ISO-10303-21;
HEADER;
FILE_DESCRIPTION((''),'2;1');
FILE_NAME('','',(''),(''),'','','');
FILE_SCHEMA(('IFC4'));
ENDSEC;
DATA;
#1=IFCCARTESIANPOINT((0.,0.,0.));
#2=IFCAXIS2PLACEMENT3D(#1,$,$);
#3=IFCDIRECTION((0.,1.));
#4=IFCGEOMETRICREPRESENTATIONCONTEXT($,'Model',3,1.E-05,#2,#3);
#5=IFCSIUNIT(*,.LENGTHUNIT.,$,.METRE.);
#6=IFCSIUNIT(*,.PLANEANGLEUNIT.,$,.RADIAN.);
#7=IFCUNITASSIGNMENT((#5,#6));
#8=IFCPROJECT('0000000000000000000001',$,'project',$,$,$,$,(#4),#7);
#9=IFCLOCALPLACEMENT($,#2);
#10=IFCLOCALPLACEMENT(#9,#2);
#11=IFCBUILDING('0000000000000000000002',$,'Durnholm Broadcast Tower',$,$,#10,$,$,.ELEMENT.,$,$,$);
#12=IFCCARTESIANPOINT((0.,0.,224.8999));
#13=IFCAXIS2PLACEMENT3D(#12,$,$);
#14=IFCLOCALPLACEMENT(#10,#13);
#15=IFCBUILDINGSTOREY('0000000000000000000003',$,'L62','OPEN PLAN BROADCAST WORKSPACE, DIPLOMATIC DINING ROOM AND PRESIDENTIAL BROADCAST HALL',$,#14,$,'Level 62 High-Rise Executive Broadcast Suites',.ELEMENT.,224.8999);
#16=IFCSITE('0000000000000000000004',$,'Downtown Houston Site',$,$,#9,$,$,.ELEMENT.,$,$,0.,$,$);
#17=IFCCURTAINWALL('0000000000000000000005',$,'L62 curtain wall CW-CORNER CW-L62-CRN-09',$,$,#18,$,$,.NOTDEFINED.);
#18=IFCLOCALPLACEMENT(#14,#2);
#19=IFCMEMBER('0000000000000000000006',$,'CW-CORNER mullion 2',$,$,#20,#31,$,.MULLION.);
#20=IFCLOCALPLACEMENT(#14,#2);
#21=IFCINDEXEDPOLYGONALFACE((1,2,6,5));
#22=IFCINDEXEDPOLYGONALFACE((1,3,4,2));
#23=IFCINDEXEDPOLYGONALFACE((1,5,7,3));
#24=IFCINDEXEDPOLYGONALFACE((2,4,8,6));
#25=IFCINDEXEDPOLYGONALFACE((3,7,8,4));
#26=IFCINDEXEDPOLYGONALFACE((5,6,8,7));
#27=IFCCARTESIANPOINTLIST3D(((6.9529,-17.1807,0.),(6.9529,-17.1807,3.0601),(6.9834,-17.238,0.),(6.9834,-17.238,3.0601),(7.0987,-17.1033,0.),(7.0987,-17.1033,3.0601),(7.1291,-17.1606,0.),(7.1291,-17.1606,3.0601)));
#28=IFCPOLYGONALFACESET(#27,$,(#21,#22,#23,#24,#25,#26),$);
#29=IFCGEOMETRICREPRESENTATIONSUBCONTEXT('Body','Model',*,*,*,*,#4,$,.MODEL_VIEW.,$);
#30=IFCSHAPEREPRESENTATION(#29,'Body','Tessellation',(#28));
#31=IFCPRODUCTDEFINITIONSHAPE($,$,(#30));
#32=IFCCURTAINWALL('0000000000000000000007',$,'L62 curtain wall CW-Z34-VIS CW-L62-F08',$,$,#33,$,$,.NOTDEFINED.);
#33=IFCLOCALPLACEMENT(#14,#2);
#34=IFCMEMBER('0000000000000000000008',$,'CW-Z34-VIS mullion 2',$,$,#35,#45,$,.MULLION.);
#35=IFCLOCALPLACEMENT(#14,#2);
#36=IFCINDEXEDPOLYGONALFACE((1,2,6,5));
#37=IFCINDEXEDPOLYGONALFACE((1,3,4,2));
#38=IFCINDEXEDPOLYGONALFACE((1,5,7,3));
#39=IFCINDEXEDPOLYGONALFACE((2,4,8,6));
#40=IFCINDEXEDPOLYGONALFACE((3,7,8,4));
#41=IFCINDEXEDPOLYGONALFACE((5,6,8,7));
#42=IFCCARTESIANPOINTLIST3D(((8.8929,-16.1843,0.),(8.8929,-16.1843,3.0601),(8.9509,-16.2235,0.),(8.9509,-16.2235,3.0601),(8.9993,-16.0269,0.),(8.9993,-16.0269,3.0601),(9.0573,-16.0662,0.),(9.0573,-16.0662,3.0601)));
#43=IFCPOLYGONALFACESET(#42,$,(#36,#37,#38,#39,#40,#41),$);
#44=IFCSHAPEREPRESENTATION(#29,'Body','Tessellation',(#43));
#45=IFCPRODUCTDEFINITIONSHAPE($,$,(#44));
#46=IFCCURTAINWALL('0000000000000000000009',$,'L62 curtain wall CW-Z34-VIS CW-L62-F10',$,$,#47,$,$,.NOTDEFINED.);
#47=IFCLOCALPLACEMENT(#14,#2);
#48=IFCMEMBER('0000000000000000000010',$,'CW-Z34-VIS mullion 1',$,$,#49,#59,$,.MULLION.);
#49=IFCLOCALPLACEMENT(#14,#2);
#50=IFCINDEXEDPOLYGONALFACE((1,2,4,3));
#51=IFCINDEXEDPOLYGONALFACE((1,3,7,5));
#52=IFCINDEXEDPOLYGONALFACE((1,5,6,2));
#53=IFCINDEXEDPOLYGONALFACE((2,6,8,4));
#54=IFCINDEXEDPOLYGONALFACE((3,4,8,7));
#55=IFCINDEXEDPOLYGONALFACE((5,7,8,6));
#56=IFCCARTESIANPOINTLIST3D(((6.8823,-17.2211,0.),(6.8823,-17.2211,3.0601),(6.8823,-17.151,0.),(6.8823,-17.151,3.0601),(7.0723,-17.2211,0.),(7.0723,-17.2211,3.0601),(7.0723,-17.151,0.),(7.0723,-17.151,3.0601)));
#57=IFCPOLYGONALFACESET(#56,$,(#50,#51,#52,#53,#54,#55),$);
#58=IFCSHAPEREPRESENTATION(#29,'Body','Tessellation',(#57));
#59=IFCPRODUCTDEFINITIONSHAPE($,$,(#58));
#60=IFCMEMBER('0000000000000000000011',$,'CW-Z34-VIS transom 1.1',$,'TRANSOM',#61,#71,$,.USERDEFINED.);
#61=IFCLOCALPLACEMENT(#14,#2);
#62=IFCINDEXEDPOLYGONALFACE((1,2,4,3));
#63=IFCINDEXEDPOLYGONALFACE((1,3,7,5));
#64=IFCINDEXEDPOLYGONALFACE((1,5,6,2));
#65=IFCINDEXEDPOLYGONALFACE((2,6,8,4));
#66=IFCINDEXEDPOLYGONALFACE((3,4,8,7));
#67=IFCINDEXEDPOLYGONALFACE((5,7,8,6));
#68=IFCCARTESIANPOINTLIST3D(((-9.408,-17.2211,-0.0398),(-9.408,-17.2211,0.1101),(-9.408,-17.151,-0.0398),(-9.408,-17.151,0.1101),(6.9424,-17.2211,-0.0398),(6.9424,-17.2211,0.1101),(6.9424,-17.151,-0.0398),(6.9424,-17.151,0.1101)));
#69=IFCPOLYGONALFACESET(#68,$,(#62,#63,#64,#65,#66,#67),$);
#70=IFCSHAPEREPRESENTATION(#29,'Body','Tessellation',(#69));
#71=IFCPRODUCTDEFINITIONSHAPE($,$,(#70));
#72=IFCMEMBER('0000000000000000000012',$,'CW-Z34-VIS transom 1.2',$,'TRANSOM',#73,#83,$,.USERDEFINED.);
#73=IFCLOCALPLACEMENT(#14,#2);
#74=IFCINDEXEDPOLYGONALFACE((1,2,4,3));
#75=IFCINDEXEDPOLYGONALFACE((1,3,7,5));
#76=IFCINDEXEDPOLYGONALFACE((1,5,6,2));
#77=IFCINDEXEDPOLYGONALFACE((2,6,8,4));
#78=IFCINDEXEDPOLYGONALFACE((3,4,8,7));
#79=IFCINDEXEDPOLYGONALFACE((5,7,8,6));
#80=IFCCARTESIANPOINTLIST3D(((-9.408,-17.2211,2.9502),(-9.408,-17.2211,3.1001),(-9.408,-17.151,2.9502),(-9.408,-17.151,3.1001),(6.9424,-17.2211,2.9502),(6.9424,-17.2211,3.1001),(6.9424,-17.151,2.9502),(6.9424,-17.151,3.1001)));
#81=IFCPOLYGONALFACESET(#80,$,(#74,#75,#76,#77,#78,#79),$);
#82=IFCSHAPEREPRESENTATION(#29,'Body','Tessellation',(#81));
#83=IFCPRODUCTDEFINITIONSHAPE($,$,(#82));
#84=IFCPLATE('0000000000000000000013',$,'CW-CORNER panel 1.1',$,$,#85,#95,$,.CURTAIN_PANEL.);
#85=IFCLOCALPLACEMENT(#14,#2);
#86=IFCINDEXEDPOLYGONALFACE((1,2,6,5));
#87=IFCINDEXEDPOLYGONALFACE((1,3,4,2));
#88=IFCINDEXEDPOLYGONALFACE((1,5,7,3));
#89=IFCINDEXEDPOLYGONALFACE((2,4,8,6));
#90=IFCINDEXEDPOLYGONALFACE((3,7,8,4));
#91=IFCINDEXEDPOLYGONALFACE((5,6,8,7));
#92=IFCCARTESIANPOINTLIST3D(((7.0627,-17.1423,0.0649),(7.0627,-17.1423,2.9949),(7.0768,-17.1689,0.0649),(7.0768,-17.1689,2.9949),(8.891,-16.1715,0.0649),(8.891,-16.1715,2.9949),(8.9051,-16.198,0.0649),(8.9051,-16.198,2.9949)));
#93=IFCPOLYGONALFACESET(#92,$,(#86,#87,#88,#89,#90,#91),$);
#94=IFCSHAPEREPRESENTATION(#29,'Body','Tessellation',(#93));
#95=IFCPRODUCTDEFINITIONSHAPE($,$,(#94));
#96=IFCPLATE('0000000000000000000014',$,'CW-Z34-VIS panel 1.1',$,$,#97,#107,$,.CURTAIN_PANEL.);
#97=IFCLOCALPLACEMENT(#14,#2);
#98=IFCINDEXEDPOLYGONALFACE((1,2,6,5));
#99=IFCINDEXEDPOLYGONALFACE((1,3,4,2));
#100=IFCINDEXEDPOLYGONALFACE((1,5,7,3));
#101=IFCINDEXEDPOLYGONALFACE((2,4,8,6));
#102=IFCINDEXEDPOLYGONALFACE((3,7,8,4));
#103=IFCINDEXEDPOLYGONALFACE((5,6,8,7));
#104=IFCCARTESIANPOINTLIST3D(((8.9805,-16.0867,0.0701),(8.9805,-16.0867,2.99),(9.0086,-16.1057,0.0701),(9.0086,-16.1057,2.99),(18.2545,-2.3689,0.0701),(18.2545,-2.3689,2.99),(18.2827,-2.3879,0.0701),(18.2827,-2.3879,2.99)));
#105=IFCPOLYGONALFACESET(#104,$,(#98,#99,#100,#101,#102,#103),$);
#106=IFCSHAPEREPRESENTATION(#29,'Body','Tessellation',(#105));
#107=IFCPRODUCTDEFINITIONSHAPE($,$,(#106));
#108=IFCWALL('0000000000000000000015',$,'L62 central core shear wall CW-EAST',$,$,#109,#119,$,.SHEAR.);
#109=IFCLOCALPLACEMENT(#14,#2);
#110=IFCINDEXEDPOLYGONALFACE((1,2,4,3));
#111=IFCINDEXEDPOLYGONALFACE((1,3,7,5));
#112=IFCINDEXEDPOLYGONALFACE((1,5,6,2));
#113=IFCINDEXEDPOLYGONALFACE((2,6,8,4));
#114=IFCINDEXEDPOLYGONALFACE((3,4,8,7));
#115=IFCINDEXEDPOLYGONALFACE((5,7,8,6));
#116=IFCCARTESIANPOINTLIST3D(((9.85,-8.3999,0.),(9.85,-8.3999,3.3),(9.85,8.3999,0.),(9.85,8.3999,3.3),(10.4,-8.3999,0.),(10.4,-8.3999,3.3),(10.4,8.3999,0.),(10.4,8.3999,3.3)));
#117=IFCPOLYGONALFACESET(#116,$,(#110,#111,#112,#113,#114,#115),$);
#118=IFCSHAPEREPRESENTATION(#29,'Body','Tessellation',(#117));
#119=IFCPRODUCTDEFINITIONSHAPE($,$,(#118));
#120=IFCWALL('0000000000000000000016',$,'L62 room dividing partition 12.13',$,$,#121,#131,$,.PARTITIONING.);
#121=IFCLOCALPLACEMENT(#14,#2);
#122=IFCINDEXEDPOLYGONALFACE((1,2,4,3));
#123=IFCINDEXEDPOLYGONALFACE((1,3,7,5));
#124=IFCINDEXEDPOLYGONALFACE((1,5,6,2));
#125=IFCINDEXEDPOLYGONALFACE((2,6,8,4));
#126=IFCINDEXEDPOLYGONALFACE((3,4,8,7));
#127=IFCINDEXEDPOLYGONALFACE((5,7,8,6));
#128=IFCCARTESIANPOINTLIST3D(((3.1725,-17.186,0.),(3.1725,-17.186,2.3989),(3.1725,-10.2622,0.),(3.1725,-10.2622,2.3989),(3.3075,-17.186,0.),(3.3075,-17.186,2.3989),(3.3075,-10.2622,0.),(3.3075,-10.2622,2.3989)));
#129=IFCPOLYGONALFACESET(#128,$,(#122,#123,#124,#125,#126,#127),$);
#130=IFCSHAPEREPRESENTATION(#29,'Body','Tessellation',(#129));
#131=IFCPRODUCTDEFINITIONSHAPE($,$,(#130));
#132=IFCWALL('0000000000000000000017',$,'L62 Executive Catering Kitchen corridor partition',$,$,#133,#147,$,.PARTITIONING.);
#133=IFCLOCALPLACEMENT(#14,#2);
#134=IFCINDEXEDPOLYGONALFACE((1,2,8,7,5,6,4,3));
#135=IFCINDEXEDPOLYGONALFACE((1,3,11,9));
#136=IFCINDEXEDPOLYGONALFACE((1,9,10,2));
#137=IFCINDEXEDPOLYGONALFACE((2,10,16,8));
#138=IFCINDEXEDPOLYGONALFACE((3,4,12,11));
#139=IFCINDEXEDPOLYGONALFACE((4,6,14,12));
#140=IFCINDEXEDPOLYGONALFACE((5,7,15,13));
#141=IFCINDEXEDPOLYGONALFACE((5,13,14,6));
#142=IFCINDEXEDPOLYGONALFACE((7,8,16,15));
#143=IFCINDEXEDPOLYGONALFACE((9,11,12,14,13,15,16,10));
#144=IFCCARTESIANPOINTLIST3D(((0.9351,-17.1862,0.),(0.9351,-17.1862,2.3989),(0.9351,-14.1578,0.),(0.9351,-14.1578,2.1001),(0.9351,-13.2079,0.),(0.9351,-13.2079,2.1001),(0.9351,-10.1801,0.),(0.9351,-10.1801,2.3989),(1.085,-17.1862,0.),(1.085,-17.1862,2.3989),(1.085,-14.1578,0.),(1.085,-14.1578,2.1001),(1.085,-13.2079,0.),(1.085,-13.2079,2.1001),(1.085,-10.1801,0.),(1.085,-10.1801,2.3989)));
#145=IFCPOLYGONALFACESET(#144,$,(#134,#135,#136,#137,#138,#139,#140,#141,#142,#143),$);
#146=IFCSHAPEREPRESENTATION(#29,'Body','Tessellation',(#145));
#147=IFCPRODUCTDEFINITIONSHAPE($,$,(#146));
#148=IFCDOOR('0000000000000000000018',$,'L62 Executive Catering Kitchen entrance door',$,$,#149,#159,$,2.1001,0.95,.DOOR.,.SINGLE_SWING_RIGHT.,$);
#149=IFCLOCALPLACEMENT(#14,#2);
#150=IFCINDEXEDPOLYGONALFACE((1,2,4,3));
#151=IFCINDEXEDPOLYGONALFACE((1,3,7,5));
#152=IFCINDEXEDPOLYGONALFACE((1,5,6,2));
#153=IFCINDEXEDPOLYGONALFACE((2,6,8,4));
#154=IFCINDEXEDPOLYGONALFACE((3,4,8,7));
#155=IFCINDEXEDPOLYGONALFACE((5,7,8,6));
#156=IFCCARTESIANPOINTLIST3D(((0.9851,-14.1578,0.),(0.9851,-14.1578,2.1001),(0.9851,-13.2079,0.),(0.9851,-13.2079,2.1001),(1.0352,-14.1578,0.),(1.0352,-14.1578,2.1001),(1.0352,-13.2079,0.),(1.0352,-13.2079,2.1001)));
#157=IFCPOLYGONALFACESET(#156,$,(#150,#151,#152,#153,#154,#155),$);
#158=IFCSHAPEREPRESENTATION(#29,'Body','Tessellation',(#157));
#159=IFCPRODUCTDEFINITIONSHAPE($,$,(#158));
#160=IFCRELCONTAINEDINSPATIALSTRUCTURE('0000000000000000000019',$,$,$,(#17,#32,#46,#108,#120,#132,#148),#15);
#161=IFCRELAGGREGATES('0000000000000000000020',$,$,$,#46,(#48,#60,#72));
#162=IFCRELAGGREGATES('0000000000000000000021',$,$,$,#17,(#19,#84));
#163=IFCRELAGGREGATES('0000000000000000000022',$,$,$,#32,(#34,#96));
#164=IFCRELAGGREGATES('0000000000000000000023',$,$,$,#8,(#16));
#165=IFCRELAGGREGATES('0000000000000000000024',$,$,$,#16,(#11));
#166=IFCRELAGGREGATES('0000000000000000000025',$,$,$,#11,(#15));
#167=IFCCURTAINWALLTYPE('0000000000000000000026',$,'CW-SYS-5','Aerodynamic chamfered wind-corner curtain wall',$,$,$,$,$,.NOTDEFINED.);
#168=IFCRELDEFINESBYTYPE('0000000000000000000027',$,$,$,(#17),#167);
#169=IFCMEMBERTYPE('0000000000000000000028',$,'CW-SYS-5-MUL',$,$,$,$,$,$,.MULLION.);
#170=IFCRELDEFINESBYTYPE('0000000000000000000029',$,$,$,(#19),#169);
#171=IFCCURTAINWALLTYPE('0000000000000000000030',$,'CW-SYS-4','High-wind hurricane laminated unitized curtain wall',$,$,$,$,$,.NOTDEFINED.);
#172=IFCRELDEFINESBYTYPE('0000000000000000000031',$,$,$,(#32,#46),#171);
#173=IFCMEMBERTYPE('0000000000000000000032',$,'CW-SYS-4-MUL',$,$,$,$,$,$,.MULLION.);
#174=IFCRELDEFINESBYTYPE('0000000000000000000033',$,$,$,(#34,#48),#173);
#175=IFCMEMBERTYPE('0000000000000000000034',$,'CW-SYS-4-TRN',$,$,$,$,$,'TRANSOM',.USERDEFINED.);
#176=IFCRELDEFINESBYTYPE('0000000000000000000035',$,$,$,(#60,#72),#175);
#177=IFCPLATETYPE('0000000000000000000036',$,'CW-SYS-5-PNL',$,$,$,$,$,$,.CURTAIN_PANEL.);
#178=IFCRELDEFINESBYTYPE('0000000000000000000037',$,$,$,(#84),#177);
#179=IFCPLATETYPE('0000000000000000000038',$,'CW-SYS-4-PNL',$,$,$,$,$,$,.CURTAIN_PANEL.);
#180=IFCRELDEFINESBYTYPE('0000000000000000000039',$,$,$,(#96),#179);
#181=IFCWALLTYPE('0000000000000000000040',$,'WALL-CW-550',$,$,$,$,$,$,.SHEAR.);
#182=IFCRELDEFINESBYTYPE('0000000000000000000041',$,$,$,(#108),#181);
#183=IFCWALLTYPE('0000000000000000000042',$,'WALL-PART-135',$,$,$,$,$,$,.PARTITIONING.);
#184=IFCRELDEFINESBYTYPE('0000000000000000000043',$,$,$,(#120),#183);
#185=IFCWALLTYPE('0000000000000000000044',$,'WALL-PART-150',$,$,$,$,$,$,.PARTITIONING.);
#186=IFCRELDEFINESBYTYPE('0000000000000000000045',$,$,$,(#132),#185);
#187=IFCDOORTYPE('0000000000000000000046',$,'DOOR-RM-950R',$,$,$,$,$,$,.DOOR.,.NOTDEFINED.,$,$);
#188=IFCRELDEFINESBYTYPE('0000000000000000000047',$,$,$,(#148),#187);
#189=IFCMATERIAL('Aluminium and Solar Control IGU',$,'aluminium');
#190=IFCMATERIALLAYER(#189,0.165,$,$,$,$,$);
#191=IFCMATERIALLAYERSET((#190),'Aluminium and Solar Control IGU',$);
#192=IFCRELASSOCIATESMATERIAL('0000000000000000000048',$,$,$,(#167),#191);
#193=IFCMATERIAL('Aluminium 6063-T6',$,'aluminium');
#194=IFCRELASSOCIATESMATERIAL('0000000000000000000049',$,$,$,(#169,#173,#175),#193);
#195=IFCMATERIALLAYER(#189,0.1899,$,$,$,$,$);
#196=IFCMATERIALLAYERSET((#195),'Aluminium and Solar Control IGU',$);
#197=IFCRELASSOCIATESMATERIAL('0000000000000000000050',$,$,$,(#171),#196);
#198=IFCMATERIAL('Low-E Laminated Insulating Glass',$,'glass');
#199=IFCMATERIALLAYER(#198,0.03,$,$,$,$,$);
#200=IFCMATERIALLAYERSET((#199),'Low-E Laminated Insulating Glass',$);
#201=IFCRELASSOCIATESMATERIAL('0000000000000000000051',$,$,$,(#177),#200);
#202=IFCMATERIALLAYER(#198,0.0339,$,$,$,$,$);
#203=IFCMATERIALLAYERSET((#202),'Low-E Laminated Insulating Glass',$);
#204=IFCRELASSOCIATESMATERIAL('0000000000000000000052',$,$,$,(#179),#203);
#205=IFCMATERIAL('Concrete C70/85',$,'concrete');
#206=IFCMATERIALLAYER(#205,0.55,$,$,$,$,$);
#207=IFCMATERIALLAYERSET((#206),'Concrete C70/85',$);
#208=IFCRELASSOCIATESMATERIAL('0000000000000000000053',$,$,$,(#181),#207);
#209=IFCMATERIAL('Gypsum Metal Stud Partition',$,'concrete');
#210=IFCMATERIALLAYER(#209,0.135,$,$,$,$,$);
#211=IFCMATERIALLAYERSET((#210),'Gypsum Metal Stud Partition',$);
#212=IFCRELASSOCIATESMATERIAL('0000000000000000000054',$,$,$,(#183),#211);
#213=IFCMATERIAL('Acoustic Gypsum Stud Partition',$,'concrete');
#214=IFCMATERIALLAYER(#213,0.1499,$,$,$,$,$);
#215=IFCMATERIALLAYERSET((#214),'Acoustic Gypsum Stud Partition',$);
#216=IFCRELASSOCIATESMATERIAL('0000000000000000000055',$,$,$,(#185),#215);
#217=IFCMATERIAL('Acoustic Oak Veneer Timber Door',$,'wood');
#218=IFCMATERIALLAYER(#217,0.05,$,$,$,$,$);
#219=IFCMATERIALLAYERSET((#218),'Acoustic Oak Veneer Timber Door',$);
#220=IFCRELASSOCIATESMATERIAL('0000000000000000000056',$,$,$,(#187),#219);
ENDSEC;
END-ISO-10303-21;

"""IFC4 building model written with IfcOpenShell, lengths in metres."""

from ifc_helpers import new_model, si_unit, direction, frame, frame_2d, origin, origin_2d, place, context, subcontext, project, spatial, rectangle, extrude, source, transform, mapped, material, layer, layer_set, material_profile, profile_set, type_object, type_shapes, element, fill, aggregate, save


model = new_model("IFC4")

# Units and contexts
model_context = context("Model", 3, precision=1e-05, world=origin(), true_north=direction((0.0, 1.0)))
body_context = subcontext(model_context, "Body", "Model", "MODEL_VIEW")
ifc_project = project(units=[si_unit("LENGTHUNIT", "METRE"), si_unit("PLANEANGLEUNIT", "RADIAN")], contexts=[model_context])

# Site, building, storey
site_placement = place(None, origin())
site = spatial("IfcSite", under=ifc_project, at=site_placement, Name="Downtown Houston Site", CompositionType="ELEMENT", RefElevation=0.0)
building_placement = place(site_placement, origin())
building = spatial("IfcBuilding", under=site, at=building_placement, Name="Durnholm Broadcast Tower", CompositionType="ELEMENT")
storey_placement = place(building_placement, frame((0.0, 0.0, 224.8999)))
storey = spatial("IfcBuildingStorey", under=building, at=storey_placement, Name="L62", Description="OPEN PLAN BROADCAST WORKSPACE, DIPLOMATIC DINING ROOM AND PRESIDENTIAL BROADCAST HALL", LongName="Level 62 High-Rise Executive Broadcast Suites", CompositionType="ELEMENT", Elevation=224.8999)

# Shared definitions
ifc_material_1 = material(Name="Concrete C70/85", Category="concrete")

# Curtain wall, member
ifc_material_2 = material(Name="Aluminium and Solar Control IGU", Category="aluminium")
ifc_layer_1 = layer(ifc_material_2, 0.165)
ifc_layer_set_1 = layer_set([ifc_layer_1], Name="Aluminium and Solar Control IGU")
curtain_wall_type_1 = type_object("IfcCurtainWallType", Name="CW-SYS-5", Description="Aerodynamic chamfered wind-corner curtain wall", PredefinedType="NOTDEFINED", material=ifc_layer_set_1)
curtain_wall_1_placement = place(storey_placement, origin())
curtain_wall_1 = element("IfcCurtainWall", 1, at=curtain_wall_1_placement, inside=storey, type_object=curtain_wall_type_1, Name="L62 curtain wall CW-CORNER CW-L62-CRN-09", PredefinedType="NOTDEFINED")
ifc_material_3 = material(Name="Aluminium 6063-T6", Category="aluminium")
ifc_material_profile_1 = material_profile(ifc_material_3, rectangle(XDim=0.0649, YDim=0.165, at=origin_2d()), Name="CWM65X165")
ifc_profile_set_1 = profile_set([ifc_material_profile_1], Name="Aluminium 6063-T6")
member_type_1 = type_object("IfcMemberType", Name="CW-SYS-5-MUL", PredefinedType="MULLION", material=ifc_profile_set_1)
shared_shape_1 = source(origin(), body_context, "Body", "SweptSolid", [
    extrude(rectangle(XDim=0.0649, YDim=0.165, at=origin_2d()), origin(), (0.0, 0.0, 1.0), 3.0601),
])
type_shapes(member_type_1, [shared_shape_1])
member_1_placement = place(storey_placement, frame((7.041, -17.1707, 0.0), z_axis=(0.0, 0.0, 1.0), x_axis=(0.469007, -0.883195, 0.0)))
member_1 = element("IfcMember", 2, at=member_1_placement, type_object=member_type_1, Name="CW-CORNER mullion 2", PredefinedType="MULLION", context=body_context, shape_type="MappedRepresentation", body=[
    mapped(shared_shape_1, transform((0.0, 0.0, 0.0), x_axis=(1.0, 0.0, 0.0), y_axis=(0.0, 1.0, 0.0), z_axis=(0.0, 0.0, 1.0), scale=1.0)),
])

# Curtain wall, member
ifc_layer_2 = layer(ifc_material_2, 0.1899)
ifc_layer_set_2 = layer_set([ifc_layer_2], Name="Aluminium and Solar Control IGU")
curtain_wall_type_2 = type_object("IfcCurtainWallType", Name="CW-SYS-4", Description="High-wind hurricane laminated unitized curtain wall", PredefinedType="NOTDEFINED", material=ifc_layer_set_2)
curtain_wall_2_placement = place(storey_placement, origin())
curtain_wall_2 = element("IfcCurtainWall", 3, at=curtain_wall_2_placement, inside=storey, type_object=curtain_wall_type_2, Name="L62 curtain wall CW-Z34-VIS CW-L62-F08", PredefinedType="NOTDEFINED")
ifc_material_profile_2 = material_profile(ifc_material_3, rectangle(XDim=0.0701, YDim=0.1899, at=origin_2d()), Name="CWM70X190")
ifc_profile_set_2 = profile_set([ifc_material_profile_2], Name="Aluminium 6063-T6")
member_type_2 = type_object("IfcMemberType", Name="CW-SYS-4-MUL", PredefinedType="MULLION", material=ifc_profile_set_2)
shared_shape_2 = source(origin(), body_context, "Body", "SweptSolid", [
    extrude(rectangle(XDim=0.0701, YDim=0.1899, at=origin_2d()), origin(), (0.0, 0.0, 1.0), 3.0601),
])
type_shapes(member_type_2, [shared_shape_2])
member_2_placement = place(storey_placement, frame((8.9751, -16.1252, 0.0), z_axis=(0.0, 0.0, 1.0), x_axis=(0.828443, -0.560073, 0.0)))
member_2 = element("IfcMember", 4, at=member_2_placement, type_object=member_type_2, Name="CW-Z34-VIS mullion 2", PredefinedType="MULLION", context=body_context, shape_type="MappedRepresentation", body=[
    mapped(shared_shape_2, transform((0.0, 0.0, 0.0), x_axis=(1.0, 0.0, 0.0), y_axis=(0.0, 1.0, 0.0), z_axis=(0.0, 0.0, 1.0), scale=1.0)),
])

# Curtain wall, members
curtain_wall_3_placement = place(storey_placement, origin())
curtain_wall_3 = element("IfcCurtainWall", 5, at=curtain_wall_3_placement, inside=storey, type_object=curtain_wall_type_2, Name="L62 curtain wall CW-Z34-VIS CW-L62-F10", PredefinedType="NOTDEFINED")
member_3_placement = place(storey_placement, frame((6.9773, -17.186, 0.0), z_axis=(0.0, 0.0, 1.0), x_axis=(0.0, -1.0, 0.0)))
member_3 = element("IfcMember", 6, at=member_3_placement, type_object=member_type_2, Name="CW-Z34-VIS mullion 1", PredefinedType="MULLION", context=body_context, shape_type="MappedRepresentation", body=[
    mapped(shared_shape_2, transform((0.0, 0.0, 0.0), x_axis=(1.0, 0.0, 0.0), y_axis=(0.0, 1.0, 0.0), z_axis=(0.0, 0.0, 1.0), scale=1.0)),
])
ifc_material_profile_3 = material_profile(ifc_material_3, rectangle(XDim=0.0701, YDim=0.1499, at=origin_2d()), Name="CWT70X150")
ifc_profile_set_3 = profile_set([ifc_material_profile_3], Name="Aluminium 6063-T6")
member_type_3 = type_object("IfcMemberType", Name="CW-SYS-4-TRN", ElementType="TRANSOM", PredefinedType="USERDEFINED", material=ifc_profile_set_3)
shared_shape_3 = source(origin(), body_context, "Body", "SweptSolid", [
    extrude(rectangle(XDim=0.0701, YDim=0.1499, at=origin_2d()), origin(), (0.0, 0.0, 1.0), 16.3503),
])
type_shapes(member_type_3, [shared_shape_3])
member_4_placement = place(storey_placement, frame((6.9424, -17.186, 0.0352), z_axis=(-1.0, 0.0, 0.0), x_axis=(0.0, -1.0, 0.0)))
member_4 = element("IfcMember", 7, at=member_4_placement, type_object=member_type_3, Name="CW-Z34-VIS transom 1.1", ObjectType="TRANSOM", PredefinedType="USERDEFINED", context=body_context, shape_type="MappedRepresentation", body=[
    mapped(shared_shape_3, transform((0.0, 0.0, 0.0), x_axis=(1.0, 0.0, 0.0), y_axis=(0.0, 1.0, 0.0), z_axis=(0.0, 0.0, 1.0), scale=1.0)),
])
member_5_placement = place(storey_placement, frame((6.9424, -17.186, 3.0251), z_axis=(-1.0, 0.0, 0.0), x_axis=(0.0, -1.0, 0.0)))
member_5 = element("IfcMember", 8, at=member_5_placement, type_object=member_type_3, Name="CW-Z34-VIS transom 1.2", ObjectType="TRANSOM", PredefinedType="USERDEFINED", context=body_context, shape_type="MappedRepresentation", body=[
    mapped(shared_shape_3, transform((0.0, 0.0, 0.0), x_axis=(1.0, 0.0, 0.0), y_axis=(0.0, 1.0, 0.0), z_axis=(0.0, 0.0, 1.0), scale=1.0)),
])
aggregate(curtain_wall_3, [member_3, member_4, member_5])

# Plates
ifc_material_4 = material(Name="Low-E Laminated Insulating Glass", Category="glass")
ifc_layer_3 = layer(ifc_material_4, 0.03)
ifc_layer_set_3 = layer_set([ifc_layer_3], Name="Low-E Laminated Insulating Glass")
plate_type_1 = type_object("IfcPlateType", Name="CW-SYS-5-PNL", PredefinedType="CURTAIN_PANEL", material=ifc_layer_set_3)
shared_shape_4 = source(origin(), body_context, "Body", "SweptSolid", [
    extrude(rectangle(XDim=2.0701, YDim=0.03, at=origin_2d()), origin(), (0.0, 0.0, 1.0), 2.9299),
])
type_shapes(plate_type_1, [shared_shape_4])
plate_1_placement = place(storey_placement, frame((7.9839, -16.6702, 0.0649), z_axis=(0.0, 0.0, 1.0), x_axis=(-0.883195, -0.469007, 0.0)))
plate_1 = element("IfcPlate", 9, at=plate_1_placement, type_object=plate_type_1, Name="CW-CORNER panel 1.1", PredefinedType="CURTAIN_PANEL", context=body_context, shape_type="MappedRepresentation", body=[
    mapped(shared_shape_4, transform((0.0, 0.0, 0.0), x_axis=(1.0, 0.0, 0.0), y_axis=(0.0, 1.0, 0.0), z_axis=(0.0, 0.0, 1.0), scale=1.0)),
])
aggregate(curtain_wall_1, [member_1, plate_1])
ifc_layer_4 = layer(ifc_material_4, 0.0339)
ifc_layer_set_4 = layer_set([ifc_layer_4], Name="Low-E Laminated Insulating Glass")
plate_type_2 = type_object("IfcPlateType", Name="CW-SYS-4-PNL", PredefinedType="CURTAIN_PANEL", material=ifc_layer_set_4)
shared_shape_5 = source(origin(), body_context, "Body", "SweptSolid", [
    extrude(rectangle(XDim=16.5586, YDim=0.0339, at=origin_2d()), origin(), (0.0, 0.0, 1.0), 2.9199),
])
type_shapes(plate_type_2, [shared_shape_5])
plate_2_placement = place(storey_placement, frame((13.6316, -9.2373, 0.0701), z_axis=(0.0, 0.0, 1.0), x_axis=(-0.560073, -0.828443, 0.0)))
plate_2 = element("IfcPlate", 10, at=plate_2_placement, type_object=plate_type_2, Name="CW-Z34-VIS panel 1.1", PredefinedType="CURTAIN_PANEL", context=body_context, shape_type="MappedRepresentation", body=[
    mapped(shared_shape_5, transform((0.0, 0.0, 0.0), x_axis=(1.0, 0.0, 0.0), y_axis=(0.0, 1.0, 0.0), z_axis=(0.0, 0.0, 1.0), scale=1.0)),
])
aggregate(curtain_wall_2, [member_2, plate_2])

# Walls
ifc_layer_5 = layer(ifc_material_1, 0.55)
ifc_layer_set_5 = layer_set([ifc_layer_5], Name="Concrete C70/85")
wall_type_1 = type_object("IfcWallType", Name="WALL-CW-550", PredefinedType="SHEAR", material=ifc_layer_set_5)
wall_1_placement = place(storey_placement, frame((10.125, -8.3999, 0.0), z_axis=(0.0, 0.0, 1.0), x_axis=(0.0, 1.0, 0.0)))
element("IfcWall", 11, at=wall_1_placement, inside=storey, type_object=wall_type_1, Name="L62 central core shear wall CW-EAST", PredefinedType="SHEAR", context=body_context, shape_type="SweptSolid", body=[
    extrude(rectangle(XDim=16.7998, YDim=0.55, at=frame_2d((8.3999, 0.0))), origin(), (0.0, 0.0, 1.0), 3.3),
])
ifc_material_5 = material(Name="Gypsum Metal Stud Partition", Category="concrete")
ifc_layer_6 = layer(ifc_material_5, 0.135)
ifc_layer_set_6 = layer_set([ifc_layer_6], Name="Gypsum Metal Stud Partition")
wall_type_2 = type_object("IfcWallType", Name="WALL-PART-135", PredefinedType="PARTITIONING", material=ifc_layer_set_6)
wall_2_placement = place(storey_placement, frame((3.24, -10.2622, 0.0), z_axis=(0.0, 0.0, 1.0), x_axis=(0.0, -1.0, 0.0)))
element("IfcWall", 12, at=wall_2_placement, inside=storey, type_object=wall_type_2, Name="L62 room dividing partition 12.13", PredefinedType="PARTITIONING", context=body_context, shape_type="SweptSolid", body=[
    extrude(rectangle(XDim=6.9238, YDim=0.135, at=frame_2d((3.4619, 0.0))), origin(), (0.0, 0.0, 1.0), 2.3989),
])

# Wall, opening, door
ifc_material_6 = material(Name="Acoustic Gypsum Stud Partition", Category="concrete")
ifc_layer_7 = layer(ifc_material_6, 0.1499)
ifc_layer_set_7 = layer_set([ifc_layer_7], Name="Acoustic Gypsum Stud Partition")
wall_type_3 = type_object("IfcWallType", Name="WALL-PART-150", PredefinedType="PARTITIONING", material=ifc_layer_set_7)
wall_3_placement = place(storey_placement, frame((1.01, -17.186, 0.0), z_axis=(0.0, 0.0, 1.0), x_axis=(0.0, 1.0, 0.0)))
wall_3 = element("IfcWall", 13, at=wall_3_placement, inside=storey, type_object=wall_type_3, Name="L62 Executive Catering Kitchen corridor partition", PredefinedType="PARTITIONING", context=body_context, shape_type="SweptSolid", body=[
    extrude(rectangle(XDim=7.0061, YDim=0.1499, at=frame_2d((3.5029, 0.0))), origin(), (0.0, 0.0, 1.0), 2.3989),
])
opening_1_placement = place(wall_3_placement, frame((3.0281, 0.0, 0.0)))
opening_1 = element("IfcOpeningElement", 14, at=opening_1_placement, cuts=wall_3, PredefinedType="OPENING", context=body_context, shape_type="SweptSolid", body=[
    extrude(rectangle(XDim=0.95, YDim=2.1001, at=frame_2d((0.4751, 1.05))), frame((0.0, 0.085, 0.0), z_axis=(0.0, -1.0, 0.0), x_axis=(1.0, 0.0, 0.0)), (0.0, 0.0, 1.0), 0.1699),
])
ifc_material_7 = material(Name="Acoustic Oak Veneer Timber Door", Category="wood")
ifc_layer_8 = layer(ifc_material_7, 0.05)
ifc_layer_set_8 = layer_set([ifc_layer_8], Name="Acoustic Oak Veneer Timber Door")
door_type_1 = type_object("IfcDoorType", Name="DOOR-RM-950R", OperationType="NOTDEFINED", PredefinedType="DOOR", material=ifc_layer_set_8)
shared_shape_6 = source(origin(), body_context, "Body", "SweptSolid", [
    extrude(rectangle(XDim=0.95, YDim=2.1001, at=frame_2d((0.4751, 1.05))), frame((0.0, 0.0249, 0.0), z_axis=(0.0, -1.0, 0.0), x_axis=(1.0, 0.0, 0.0)), (0.0, 0.0, 1.0), 0.05),
])
type_shapes(door_type_1, [shared_shape_6])
door_1_placement = place(opening_1_placement, origin())
door_1 = element("IfcDoor", 15, at=door_1_placement, inside=storey, type_object=door_type_1, Name="L62 Executive Catering Kitchen entrance door", OperationType="SINGLE_SWING_RIGHT", OverallHeight=2.1001, OverallWidth=0.95, PredefinedType="DOOR", context=body_context, shape_type="MappedRepresentation", body=[
    mapped(shared_shape_6, transform((0.0, 0.0, 0.0), x_axis=(1.0, 0.0, 0.0), y_axis=(0.0, 1.0, 0.0), z_axis=(0.0, 0.0, 1.0), scale=1.0)),
])
fill(opening_1, door_1)

save(model, "model.ifc")
